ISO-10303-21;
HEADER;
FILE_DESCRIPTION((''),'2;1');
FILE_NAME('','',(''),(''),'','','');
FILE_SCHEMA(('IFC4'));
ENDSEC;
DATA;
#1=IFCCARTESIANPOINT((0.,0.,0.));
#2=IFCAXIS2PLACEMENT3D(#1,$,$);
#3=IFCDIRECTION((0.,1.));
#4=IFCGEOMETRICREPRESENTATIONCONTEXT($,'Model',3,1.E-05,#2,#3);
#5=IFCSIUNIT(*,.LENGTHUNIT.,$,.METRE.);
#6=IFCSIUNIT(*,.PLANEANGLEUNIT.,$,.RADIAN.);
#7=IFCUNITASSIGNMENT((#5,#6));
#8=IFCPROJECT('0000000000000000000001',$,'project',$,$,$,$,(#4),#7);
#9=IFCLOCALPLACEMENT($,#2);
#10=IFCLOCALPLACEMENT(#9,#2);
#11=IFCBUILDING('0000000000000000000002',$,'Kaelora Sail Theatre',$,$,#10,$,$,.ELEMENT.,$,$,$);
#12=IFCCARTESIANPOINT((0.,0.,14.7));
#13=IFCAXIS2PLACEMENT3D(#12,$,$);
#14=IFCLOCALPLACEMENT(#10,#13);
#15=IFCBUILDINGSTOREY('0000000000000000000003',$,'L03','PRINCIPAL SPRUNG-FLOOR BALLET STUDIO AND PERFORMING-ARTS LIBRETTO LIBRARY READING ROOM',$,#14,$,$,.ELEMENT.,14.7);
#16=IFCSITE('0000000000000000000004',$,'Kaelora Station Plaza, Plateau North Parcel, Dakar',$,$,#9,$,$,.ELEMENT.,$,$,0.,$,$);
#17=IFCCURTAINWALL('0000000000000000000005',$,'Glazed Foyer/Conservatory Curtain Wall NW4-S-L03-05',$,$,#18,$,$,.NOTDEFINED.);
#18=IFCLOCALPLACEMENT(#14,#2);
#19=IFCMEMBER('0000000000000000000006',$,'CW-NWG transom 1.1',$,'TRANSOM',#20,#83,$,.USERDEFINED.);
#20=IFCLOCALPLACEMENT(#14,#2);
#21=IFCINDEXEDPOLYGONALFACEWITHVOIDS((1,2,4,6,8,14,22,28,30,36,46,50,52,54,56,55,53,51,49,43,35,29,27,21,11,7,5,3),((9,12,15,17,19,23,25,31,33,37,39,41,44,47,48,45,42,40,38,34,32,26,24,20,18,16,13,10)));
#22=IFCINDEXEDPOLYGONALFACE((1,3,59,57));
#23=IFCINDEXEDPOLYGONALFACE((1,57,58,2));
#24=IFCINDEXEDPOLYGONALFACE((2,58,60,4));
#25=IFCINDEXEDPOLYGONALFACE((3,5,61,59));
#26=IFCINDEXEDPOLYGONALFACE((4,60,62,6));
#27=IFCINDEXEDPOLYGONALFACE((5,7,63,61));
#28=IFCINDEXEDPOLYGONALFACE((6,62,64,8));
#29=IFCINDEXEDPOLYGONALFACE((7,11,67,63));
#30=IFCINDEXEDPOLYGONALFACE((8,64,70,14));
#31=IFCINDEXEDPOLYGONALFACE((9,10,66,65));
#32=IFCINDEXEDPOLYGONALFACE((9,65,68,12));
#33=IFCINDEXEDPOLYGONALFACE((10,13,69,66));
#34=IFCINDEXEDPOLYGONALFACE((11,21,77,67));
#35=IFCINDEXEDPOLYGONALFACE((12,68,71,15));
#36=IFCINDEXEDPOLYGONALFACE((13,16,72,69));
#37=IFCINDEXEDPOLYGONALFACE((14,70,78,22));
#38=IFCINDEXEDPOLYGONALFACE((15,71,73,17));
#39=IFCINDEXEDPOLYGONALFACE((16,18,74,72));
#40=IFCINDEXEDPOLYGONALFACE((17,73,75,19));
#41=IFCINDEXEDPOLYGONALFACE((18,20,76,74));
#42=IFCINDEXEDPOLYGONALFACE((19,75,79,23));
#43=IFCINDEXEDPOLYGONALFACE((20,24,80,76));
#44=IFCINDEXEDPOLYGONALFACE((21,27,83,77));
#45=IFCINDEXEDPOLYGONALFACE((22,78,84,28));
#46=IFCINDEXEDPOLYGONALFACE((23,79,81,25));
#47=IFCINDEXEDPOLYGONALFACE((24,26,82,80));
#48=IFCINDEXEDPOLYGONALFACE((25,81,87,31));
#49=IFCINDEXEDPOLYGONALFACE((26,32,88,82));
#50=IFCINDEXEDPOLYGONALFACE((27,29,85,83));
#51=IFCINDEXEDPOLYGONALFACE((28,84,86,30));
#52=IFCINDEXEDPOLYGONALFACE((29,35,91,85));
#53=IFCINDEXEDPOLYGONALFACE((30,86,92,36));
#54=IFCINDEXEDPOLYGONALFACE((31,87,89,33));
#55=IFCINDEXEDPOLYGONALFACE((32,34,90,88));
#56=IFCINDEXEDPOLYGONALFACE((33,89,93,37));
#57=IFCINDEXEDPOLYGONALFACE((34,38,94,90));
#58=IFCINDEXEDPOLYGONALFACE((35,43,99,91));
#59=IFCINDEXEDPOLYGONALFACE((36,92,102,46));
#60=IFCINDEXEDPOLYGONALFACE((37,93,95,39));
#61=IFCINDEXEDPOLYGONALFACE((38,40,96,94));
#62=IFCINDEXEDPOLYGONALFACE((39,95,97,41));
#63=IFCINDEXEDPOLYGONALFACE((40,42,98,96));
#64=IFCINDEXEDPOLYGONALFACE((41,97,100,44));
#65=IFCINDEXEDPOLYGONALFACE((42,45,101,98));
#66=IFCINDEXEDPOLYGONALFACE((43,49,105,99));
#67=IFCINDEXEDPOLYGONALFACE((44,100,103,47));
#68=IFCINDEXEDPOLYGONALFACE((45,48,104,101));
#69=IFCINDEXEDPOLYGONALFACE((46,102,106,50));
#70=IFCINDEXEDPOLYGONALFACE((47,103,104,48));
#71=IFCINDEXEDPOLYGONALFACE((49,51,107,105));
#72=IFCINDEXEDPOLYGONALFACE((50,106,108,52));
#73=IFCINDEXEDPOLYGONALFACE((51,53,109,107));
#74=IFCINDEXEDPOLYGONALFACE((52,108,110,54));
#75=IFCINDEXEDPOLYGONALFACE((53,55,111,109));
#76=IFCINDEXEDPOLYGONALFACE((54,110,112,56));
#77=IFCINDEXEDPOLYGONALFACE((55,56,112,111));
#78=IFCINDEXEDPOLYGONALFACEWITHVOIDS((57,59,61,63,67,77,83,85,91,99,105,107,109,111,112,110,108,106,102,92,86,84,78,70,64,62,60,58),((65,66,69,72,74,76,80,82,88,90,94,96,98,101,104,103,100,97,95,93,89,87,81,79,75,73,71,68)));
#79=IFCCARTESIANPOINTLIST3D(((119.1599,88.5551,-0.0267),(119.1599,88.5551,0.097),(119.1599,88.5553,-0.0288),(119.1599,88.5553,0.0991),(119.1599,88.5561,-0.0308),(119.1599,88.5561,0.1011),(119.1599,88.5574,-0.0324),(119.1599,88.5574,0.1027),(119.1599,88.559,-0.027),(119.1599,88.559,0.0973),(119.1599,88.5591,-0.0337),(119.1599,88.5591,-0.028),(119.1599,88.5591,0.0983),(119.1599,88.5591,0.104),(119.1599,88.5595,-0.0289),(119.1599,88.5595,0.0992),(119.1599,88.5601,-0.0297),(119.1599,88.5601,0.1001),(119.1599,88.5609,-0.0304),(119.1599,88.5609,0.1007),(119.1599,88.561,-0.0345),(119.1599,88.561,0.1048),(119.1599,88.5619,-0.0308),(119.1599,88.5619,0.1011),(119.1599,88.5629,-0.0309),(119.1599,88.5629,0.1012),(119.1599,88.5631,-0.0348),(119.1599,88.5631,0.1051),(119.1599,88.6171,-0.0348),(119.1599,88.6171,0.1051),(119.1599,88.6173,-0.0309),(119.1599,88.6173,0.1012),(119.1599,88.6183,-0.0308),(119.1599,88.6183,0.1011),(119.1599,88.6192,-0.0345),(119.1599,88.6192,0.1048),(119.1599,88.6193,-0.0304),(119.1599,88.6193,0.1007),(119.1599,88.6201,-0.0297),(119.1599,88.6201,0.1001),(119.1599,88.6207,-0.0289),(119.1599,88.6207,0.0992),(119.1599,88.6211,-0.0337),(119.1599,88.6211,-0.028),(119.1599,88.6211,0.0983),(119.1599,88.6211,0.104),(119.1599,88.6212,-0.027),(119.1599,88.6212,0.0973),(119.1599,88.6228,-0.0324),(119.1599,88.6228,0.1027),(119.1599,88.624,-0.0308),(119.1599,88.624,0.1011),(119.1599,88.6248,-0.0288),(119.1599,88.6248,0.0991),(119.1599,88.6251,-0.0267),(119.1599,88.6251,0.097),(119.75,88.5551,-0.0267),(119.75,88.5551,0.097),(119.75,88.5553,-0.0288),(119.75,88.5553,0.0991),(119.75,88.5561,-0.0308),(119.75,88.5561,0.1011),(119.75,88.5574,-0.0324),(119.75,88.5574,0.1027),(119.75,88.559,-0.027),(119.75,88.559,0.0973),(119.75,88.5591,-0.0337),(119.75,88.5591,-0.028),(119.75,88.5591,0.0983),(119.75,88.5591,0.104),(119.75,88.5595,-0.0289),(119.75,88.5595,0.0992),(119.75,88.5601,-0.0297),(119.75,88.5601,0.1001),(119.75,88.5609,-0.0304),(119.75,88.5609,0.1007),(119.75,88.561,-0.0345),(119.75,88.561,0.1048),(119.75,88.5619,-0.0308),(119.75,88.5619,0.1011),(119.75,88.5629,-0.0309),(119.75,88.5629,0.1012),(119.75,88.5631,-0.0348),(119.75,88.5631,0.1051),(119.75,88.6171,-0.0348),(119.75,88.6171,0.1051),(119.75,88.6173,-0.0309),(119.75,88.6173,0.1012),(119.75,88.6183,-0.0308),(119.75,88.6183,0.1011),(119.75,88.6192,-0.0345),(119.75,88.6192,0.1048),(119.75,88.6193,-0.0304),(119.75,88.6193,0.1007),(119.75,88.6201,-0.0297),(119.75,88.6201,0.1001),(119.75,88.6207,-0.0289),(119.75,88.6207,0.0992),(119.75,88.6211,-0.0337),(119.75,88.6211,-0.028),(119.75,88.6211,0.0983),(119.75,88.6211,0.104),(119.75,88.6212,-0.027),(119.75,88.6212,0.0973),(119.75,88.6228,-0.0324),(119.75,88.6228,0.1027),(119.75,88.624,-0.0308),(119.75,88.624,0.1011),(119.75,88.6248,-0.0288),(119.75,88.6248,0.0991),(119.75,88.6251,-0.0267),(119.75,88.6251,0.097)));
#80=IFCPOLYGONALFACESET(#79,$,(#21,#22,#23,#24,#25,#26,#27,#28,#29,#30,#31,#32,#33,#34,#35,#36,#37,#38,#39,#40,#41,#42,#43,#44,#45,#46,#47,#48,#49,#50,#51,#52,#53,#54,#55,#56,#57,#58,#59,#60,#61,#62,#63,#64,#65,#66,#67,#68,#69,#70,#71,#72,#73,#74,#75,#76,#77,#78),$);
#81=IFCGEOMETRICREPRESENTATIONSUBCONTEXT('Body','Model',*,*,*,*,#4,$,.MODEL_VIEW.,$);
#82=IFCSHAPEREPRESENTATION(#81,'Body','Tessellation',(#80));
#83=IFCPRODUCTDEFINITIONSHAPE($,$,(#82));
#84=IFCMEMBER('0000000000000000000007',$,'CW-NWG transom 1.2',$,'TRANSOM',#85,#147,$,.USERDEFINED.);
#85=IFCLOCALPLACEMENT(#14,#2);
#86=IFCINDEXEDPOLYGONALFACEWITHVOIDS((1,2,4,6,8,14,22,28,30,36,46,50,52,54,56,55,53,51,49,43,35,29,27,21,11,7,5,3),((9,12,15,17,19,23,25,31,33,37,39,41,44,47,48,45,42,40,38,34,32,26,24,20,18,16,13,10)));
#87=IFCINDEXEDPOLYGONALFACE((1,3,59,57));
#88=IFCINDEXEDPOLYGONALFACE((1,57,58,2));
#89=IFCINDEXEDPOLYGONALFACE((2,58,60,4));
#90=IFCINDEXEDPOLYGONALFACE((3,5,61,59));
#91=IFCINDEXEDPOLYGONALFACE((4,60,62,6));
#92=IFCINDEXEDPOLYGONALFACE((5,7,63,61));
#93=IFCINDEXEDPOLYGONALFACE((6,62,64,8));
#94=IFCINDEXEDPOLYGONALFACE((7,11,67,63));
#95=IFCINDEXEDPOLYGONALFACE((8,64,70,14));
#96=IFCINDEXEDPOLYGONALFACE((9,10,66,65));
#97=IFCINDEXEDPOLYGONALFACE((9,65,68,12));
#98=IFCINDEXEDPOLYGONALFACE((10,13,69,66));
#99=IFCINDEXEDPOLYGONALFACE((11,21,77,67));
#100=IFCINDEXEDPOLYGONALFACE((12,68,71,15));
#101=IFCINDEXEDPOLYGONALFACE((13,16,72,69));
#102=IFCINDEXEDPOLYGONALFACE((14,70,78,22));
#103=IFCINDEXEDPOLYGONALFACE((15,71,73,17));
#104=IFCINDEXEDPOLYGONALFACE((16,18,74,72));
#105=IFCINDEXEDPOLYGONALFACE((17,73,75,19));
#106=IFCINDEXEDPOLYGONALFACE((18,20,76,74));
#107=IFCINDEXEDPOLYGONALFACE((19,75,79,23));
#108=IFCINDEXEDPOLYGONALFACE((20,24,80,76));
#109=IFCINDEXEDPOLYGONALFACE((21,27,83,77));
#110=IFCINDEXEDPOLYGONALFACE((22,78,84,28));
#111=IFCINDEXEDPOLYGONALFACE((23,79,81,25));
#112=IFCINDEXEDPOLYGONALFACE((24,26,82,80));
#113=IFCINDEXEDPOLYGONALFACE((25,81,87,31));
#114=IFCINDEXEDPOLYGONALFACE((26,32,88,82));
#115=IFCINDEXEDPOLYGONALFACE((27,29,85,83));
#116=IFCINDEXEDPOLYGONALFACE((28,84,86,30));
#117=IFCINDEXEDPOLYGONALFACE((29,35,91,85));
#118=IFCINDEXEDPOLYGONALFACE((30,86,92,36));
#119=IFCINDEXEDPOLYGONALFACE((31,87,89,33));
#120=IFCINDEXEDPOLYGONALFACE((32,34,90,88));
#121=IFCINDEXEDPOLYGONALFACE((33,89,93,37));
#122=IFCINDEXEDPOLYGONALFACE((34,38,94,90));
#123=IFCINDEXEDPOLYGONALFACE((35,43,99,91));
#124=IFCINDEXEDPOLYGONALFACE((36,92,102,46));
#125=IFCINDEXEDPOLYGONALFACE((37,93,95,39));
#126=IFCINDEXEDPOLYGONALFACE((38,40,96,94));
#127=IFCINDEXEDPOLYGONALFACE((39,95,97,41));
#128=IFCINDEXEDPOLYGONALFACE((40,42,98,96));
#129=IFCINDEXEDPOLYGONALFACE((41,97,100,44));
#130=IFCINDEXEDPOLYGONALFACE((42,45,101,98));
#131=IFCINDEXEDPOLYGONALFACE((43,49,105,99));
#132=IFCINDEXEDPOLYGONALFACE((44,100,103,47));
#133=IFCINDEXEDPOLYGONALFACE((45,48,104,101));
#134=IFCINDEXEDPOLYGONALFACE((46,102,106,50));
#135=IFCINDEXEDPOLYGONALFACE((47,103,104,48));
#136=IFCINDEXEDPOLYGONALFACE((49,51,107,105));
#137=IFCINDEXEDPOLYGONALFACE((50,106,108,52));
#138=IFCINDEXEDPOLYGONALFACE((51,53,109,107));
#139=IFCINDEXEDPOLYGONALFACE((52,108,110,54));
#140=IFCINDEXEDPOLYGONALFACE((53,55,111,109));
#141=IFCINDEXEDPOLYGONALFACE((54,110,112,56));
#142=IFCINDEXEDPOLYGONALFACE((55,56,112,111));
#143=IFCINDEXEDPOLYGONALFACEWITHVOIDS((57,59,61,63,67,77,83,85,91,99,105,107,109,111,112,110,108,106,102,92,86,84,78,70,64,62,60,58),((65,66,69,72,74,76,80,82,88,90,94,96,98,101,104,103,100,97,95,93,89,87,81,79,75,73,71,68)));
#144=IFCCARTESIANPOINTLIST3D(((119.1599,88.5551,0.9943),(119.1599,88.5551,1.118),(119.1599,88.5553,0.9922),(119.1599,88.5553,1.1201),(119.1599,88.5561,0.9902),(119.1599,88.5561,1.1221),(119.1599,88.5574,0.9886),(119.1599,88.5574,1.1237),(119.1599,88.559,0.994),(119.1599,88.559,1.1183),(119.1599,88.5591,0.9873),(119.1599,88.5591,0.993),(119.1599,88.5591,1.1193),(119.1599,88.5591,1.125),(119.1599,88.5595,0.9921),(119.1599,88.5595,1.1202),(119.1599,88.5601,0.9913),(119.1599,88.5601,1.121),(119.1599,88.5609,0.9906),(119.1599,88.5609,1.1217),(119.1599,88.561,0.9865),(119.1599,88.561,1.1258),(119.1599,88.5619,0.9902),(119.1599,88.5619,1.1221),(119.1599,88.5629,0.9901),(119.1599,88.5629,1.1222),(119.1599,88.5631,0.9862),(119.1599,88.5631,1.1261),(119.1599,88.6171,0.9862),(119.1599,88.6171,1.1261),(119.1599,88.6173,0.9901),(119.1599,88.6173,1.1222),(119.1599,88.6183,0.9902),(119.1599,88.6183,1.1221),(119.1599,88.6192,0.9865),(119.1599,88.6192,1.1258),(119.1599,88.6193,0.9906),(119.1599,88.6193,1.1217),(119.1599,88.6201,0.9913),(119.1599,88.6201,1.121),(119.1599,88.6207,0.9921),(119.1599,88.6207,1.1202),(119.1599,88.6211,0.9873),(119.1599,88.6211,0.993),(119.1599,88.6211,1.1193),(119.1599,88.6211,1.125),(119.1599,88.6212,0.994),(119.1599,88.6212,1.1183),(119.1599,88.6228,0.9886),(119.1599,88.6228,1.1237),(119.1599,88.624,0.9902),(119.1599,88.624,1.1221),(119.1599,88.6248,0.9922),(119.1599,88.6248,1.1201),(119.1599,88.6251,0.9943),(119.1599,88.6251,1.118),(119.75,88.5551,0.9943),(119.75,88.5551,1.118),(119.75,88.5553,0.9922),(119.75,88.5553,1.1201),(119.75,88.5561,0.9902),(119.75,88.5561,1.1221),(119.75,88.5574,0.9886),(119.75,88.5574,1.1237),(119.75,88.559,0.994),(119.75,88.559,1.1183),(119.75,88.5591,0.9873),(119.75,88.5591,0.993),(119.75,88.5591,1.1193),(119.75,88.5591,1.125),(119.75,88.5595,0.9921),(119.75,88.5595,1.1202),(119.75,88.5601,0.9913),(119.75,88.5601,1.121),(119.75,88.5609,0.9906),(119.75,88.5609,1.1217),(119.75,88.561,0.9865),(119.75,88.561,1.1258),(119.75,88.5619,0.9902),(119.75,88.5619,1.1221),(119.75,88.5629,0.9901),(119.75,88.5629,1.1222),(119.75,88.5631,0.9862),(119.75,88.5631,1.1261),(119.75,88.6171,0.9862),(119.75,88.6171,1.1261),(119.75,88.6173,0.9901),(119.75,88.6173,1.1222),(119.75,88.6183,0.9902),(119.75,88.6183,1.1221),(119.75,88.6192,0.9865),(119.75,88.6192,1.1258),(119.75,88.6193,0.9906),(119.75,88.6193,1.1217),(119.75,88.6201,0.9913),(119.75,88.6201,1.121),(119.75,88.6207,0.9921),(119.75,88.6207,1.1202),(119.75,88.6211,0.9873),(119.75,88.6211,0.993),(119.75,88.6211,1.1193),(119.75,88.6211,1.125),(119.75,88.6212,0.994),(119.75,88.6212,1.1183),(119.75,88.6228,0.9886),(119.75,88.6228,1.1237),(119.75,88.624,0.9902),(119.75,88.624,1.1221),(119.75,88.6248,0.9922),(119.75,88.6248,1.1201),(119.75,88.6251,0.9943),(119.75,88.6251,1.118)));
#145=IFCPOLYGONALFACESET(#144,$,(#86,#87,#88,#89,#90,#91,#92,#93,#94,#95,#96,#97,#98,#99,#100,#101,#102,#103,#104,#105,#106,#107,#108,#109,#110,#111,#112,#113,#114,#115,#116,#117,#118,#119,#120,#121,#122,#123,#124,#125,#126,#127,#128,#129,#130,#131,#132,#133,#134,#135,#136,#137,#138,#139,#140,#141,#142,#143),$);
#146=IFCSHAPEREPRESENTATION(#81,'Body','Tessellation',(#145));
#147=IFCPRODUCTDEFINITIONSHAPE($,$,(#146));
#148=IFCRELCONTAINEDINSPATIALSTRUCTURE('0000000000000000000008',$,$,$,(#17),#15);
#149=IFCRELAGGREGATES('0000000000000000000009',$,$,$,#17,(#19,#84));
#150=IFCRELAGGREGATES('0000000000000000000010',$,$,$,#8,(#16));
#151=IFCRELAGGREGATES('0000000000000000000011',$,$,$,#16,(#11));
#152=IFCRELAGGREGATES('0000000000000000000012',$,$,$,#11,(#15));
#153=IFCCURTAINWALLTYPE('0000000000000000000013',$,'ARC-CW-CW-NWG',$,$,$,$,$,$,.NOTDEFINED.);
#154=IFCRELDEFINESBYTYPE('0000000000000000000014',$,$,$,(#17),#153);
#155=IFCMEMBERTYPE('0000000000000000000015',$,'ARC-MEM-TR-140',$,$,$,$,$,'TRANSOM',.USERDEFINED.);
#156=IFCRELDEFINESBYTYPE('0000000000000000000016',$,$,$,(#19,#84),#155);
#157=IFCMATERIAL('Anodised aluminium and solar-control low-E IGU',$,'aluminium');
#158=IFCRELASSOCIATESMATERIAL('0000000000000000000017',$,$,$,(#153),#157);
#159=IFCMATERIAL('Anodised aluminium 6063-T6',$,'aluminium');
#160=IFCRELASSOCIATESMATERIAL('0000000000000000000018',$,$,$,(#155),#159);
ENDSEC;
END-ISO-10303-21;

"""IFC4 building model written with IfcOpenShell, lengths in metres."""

from ifc_helpers import new_model, si_unit, direction, frame, origin, origin_2d, place, context, subcontext, project, spatial, hollow_rectangle, extrude, material, material_profile, profile_set, type_object, element, aggregate, save


model = new_model("IFC4")

# Units and contexts
model_context = context("Model", 3, precision=1e-05, world=origin(), true_north=direction((0.0, 1.0)))
body_context = subcontext(model_context, "Body", "Model", "MODEL_VIEW")
ifc_project = project(units=[si_unit("LENGTHUNIT", "METRE"), si_unit("PLANEANGLEUNIT", "RADIAN")], contexts=[model_context])

# Site, building, storey
site_placement = place(None, origin())
site = spatial("IfcSite", under=ifc_project, at=site_placement, Name="Kaelora Station Plaza, Plateau North Parcel, Dakar", CompositionType="ELEMENT", RefElevation=0.0)
building_placement = place(site_placement, origin())
building = spatial("IfcBuilding", under=site, at=building_placement, Name="Kaelora Sail Theatre", CompositionType="ELEMENT")
storey_placement = place(building_placement, frame((0.0, 0.0, 14.7)))
storey = spatial("IfcBuildingStorey", under=building, at=storey_placement, Name="L03", Description="PRINCIPAL SPRUNG-FLOOR BALLET STUDIO AND PERFORMING-ARTS LIBRETTO LIBRARY READING ROOM", CompositionType="ELEMENT", Elevation=14.7)

# Curtain wall
ifc_material_1 = material(Name="Anodised aluminium and solar-control low-E IGU", Category="aluminium")
curtain_wall_type = type_object("IfcCurtainWallType", Name="ARC-CW-CW-NWG", PredefinedType="NOTDEFINED", material=ifc_material_1)
curtain_wall_1_placement = place(storey_placement, origin())
curtain_wall_1 = element("IfcCurtainWall", 1, at=curtain_wall_1_placement, inside=storey, type_object=curtain_wall_type, Name="Glazed Foyer/Conservatory Curtain Wall NW4-S-L03-05", PredefinedType="NOTDEFINED")

# Members
ifc_material_2 = material(Name="Anodised aluminium 6063-T6", Category="aluminium")
ifc_material_profile_1 = material_profile(ifc_material_2, hollow_rectangle(XDim=0.0701, YDim=0.1399, WallThickness=0.0039, InnerFilletRadius=0.0039, OuterFilletRadius=0.0081, at=origin_2d()), Name="ALU-TRAN 70x140x4")
ifc_profile_set_1 = profile_set([ifc_material_profile_1], Name="Anodised aluminium 6063-T6")
member_type_1 = type_object("IfcMemberType", Name="ARC-MEM-TR-140", ElementType="TRANSOM", PredefinedType="USERDEFINED", material=ifc_profile_set_1)
member_1_placement = place(storey_placement, frame((119.1599, 88.5901, 0.0352), z_axis=(1.0, 0.0, 0.0), x_axis=(0.0, 1.0, 0.0)))
member_1 = element("IfcMember", 2, at=member_1_placement, type_object=member_type_1, Name="CW-NWG transom 1.1", ObjectType="TRANSOM", PredefinedType="USERDEFINED", context=body_context, shape_type="SweptSolid", body=[
    extrude(hollow_rectangle(XDim=0.0701, YDim=0.1399, WallThickness=0.0039, InnerFilletRadius=0.0039, OuterFilletRadius=0.0081, at=origin_2d()), origin(), (0.0, 0.0, 1.0), 0.5901),
])
member_2_placement = place(storey_placement, frame((119.1599, 88.5901, 1.0562), z_axis=(1.0, 0.0, 0.0), x_axis=(0.0, 1.0, 0.0)))
member_2 = element("IfcMember", 3, at=member_2_placement, type_object=member_type_1, Name="CW-NWG transom 1.2", ObjectType="TRANSOM", PredefinedType="USERDEFINED", context=body_context, shape_type="SweptSolid", body=[
    extrude(hollow_rectangle(XDim=0.0701, YDim=0.1399, WallThickness=0.0039, InnerFilletRadius=0.0039, OuterFilletRadius=0.0081, at=origin_2d()), origin(), (0.0, 0.0, 1.0), 0.5901),
])

aggregate(curtain_wall_1, [member_1, member_2])

save(model, "model.ifc")
